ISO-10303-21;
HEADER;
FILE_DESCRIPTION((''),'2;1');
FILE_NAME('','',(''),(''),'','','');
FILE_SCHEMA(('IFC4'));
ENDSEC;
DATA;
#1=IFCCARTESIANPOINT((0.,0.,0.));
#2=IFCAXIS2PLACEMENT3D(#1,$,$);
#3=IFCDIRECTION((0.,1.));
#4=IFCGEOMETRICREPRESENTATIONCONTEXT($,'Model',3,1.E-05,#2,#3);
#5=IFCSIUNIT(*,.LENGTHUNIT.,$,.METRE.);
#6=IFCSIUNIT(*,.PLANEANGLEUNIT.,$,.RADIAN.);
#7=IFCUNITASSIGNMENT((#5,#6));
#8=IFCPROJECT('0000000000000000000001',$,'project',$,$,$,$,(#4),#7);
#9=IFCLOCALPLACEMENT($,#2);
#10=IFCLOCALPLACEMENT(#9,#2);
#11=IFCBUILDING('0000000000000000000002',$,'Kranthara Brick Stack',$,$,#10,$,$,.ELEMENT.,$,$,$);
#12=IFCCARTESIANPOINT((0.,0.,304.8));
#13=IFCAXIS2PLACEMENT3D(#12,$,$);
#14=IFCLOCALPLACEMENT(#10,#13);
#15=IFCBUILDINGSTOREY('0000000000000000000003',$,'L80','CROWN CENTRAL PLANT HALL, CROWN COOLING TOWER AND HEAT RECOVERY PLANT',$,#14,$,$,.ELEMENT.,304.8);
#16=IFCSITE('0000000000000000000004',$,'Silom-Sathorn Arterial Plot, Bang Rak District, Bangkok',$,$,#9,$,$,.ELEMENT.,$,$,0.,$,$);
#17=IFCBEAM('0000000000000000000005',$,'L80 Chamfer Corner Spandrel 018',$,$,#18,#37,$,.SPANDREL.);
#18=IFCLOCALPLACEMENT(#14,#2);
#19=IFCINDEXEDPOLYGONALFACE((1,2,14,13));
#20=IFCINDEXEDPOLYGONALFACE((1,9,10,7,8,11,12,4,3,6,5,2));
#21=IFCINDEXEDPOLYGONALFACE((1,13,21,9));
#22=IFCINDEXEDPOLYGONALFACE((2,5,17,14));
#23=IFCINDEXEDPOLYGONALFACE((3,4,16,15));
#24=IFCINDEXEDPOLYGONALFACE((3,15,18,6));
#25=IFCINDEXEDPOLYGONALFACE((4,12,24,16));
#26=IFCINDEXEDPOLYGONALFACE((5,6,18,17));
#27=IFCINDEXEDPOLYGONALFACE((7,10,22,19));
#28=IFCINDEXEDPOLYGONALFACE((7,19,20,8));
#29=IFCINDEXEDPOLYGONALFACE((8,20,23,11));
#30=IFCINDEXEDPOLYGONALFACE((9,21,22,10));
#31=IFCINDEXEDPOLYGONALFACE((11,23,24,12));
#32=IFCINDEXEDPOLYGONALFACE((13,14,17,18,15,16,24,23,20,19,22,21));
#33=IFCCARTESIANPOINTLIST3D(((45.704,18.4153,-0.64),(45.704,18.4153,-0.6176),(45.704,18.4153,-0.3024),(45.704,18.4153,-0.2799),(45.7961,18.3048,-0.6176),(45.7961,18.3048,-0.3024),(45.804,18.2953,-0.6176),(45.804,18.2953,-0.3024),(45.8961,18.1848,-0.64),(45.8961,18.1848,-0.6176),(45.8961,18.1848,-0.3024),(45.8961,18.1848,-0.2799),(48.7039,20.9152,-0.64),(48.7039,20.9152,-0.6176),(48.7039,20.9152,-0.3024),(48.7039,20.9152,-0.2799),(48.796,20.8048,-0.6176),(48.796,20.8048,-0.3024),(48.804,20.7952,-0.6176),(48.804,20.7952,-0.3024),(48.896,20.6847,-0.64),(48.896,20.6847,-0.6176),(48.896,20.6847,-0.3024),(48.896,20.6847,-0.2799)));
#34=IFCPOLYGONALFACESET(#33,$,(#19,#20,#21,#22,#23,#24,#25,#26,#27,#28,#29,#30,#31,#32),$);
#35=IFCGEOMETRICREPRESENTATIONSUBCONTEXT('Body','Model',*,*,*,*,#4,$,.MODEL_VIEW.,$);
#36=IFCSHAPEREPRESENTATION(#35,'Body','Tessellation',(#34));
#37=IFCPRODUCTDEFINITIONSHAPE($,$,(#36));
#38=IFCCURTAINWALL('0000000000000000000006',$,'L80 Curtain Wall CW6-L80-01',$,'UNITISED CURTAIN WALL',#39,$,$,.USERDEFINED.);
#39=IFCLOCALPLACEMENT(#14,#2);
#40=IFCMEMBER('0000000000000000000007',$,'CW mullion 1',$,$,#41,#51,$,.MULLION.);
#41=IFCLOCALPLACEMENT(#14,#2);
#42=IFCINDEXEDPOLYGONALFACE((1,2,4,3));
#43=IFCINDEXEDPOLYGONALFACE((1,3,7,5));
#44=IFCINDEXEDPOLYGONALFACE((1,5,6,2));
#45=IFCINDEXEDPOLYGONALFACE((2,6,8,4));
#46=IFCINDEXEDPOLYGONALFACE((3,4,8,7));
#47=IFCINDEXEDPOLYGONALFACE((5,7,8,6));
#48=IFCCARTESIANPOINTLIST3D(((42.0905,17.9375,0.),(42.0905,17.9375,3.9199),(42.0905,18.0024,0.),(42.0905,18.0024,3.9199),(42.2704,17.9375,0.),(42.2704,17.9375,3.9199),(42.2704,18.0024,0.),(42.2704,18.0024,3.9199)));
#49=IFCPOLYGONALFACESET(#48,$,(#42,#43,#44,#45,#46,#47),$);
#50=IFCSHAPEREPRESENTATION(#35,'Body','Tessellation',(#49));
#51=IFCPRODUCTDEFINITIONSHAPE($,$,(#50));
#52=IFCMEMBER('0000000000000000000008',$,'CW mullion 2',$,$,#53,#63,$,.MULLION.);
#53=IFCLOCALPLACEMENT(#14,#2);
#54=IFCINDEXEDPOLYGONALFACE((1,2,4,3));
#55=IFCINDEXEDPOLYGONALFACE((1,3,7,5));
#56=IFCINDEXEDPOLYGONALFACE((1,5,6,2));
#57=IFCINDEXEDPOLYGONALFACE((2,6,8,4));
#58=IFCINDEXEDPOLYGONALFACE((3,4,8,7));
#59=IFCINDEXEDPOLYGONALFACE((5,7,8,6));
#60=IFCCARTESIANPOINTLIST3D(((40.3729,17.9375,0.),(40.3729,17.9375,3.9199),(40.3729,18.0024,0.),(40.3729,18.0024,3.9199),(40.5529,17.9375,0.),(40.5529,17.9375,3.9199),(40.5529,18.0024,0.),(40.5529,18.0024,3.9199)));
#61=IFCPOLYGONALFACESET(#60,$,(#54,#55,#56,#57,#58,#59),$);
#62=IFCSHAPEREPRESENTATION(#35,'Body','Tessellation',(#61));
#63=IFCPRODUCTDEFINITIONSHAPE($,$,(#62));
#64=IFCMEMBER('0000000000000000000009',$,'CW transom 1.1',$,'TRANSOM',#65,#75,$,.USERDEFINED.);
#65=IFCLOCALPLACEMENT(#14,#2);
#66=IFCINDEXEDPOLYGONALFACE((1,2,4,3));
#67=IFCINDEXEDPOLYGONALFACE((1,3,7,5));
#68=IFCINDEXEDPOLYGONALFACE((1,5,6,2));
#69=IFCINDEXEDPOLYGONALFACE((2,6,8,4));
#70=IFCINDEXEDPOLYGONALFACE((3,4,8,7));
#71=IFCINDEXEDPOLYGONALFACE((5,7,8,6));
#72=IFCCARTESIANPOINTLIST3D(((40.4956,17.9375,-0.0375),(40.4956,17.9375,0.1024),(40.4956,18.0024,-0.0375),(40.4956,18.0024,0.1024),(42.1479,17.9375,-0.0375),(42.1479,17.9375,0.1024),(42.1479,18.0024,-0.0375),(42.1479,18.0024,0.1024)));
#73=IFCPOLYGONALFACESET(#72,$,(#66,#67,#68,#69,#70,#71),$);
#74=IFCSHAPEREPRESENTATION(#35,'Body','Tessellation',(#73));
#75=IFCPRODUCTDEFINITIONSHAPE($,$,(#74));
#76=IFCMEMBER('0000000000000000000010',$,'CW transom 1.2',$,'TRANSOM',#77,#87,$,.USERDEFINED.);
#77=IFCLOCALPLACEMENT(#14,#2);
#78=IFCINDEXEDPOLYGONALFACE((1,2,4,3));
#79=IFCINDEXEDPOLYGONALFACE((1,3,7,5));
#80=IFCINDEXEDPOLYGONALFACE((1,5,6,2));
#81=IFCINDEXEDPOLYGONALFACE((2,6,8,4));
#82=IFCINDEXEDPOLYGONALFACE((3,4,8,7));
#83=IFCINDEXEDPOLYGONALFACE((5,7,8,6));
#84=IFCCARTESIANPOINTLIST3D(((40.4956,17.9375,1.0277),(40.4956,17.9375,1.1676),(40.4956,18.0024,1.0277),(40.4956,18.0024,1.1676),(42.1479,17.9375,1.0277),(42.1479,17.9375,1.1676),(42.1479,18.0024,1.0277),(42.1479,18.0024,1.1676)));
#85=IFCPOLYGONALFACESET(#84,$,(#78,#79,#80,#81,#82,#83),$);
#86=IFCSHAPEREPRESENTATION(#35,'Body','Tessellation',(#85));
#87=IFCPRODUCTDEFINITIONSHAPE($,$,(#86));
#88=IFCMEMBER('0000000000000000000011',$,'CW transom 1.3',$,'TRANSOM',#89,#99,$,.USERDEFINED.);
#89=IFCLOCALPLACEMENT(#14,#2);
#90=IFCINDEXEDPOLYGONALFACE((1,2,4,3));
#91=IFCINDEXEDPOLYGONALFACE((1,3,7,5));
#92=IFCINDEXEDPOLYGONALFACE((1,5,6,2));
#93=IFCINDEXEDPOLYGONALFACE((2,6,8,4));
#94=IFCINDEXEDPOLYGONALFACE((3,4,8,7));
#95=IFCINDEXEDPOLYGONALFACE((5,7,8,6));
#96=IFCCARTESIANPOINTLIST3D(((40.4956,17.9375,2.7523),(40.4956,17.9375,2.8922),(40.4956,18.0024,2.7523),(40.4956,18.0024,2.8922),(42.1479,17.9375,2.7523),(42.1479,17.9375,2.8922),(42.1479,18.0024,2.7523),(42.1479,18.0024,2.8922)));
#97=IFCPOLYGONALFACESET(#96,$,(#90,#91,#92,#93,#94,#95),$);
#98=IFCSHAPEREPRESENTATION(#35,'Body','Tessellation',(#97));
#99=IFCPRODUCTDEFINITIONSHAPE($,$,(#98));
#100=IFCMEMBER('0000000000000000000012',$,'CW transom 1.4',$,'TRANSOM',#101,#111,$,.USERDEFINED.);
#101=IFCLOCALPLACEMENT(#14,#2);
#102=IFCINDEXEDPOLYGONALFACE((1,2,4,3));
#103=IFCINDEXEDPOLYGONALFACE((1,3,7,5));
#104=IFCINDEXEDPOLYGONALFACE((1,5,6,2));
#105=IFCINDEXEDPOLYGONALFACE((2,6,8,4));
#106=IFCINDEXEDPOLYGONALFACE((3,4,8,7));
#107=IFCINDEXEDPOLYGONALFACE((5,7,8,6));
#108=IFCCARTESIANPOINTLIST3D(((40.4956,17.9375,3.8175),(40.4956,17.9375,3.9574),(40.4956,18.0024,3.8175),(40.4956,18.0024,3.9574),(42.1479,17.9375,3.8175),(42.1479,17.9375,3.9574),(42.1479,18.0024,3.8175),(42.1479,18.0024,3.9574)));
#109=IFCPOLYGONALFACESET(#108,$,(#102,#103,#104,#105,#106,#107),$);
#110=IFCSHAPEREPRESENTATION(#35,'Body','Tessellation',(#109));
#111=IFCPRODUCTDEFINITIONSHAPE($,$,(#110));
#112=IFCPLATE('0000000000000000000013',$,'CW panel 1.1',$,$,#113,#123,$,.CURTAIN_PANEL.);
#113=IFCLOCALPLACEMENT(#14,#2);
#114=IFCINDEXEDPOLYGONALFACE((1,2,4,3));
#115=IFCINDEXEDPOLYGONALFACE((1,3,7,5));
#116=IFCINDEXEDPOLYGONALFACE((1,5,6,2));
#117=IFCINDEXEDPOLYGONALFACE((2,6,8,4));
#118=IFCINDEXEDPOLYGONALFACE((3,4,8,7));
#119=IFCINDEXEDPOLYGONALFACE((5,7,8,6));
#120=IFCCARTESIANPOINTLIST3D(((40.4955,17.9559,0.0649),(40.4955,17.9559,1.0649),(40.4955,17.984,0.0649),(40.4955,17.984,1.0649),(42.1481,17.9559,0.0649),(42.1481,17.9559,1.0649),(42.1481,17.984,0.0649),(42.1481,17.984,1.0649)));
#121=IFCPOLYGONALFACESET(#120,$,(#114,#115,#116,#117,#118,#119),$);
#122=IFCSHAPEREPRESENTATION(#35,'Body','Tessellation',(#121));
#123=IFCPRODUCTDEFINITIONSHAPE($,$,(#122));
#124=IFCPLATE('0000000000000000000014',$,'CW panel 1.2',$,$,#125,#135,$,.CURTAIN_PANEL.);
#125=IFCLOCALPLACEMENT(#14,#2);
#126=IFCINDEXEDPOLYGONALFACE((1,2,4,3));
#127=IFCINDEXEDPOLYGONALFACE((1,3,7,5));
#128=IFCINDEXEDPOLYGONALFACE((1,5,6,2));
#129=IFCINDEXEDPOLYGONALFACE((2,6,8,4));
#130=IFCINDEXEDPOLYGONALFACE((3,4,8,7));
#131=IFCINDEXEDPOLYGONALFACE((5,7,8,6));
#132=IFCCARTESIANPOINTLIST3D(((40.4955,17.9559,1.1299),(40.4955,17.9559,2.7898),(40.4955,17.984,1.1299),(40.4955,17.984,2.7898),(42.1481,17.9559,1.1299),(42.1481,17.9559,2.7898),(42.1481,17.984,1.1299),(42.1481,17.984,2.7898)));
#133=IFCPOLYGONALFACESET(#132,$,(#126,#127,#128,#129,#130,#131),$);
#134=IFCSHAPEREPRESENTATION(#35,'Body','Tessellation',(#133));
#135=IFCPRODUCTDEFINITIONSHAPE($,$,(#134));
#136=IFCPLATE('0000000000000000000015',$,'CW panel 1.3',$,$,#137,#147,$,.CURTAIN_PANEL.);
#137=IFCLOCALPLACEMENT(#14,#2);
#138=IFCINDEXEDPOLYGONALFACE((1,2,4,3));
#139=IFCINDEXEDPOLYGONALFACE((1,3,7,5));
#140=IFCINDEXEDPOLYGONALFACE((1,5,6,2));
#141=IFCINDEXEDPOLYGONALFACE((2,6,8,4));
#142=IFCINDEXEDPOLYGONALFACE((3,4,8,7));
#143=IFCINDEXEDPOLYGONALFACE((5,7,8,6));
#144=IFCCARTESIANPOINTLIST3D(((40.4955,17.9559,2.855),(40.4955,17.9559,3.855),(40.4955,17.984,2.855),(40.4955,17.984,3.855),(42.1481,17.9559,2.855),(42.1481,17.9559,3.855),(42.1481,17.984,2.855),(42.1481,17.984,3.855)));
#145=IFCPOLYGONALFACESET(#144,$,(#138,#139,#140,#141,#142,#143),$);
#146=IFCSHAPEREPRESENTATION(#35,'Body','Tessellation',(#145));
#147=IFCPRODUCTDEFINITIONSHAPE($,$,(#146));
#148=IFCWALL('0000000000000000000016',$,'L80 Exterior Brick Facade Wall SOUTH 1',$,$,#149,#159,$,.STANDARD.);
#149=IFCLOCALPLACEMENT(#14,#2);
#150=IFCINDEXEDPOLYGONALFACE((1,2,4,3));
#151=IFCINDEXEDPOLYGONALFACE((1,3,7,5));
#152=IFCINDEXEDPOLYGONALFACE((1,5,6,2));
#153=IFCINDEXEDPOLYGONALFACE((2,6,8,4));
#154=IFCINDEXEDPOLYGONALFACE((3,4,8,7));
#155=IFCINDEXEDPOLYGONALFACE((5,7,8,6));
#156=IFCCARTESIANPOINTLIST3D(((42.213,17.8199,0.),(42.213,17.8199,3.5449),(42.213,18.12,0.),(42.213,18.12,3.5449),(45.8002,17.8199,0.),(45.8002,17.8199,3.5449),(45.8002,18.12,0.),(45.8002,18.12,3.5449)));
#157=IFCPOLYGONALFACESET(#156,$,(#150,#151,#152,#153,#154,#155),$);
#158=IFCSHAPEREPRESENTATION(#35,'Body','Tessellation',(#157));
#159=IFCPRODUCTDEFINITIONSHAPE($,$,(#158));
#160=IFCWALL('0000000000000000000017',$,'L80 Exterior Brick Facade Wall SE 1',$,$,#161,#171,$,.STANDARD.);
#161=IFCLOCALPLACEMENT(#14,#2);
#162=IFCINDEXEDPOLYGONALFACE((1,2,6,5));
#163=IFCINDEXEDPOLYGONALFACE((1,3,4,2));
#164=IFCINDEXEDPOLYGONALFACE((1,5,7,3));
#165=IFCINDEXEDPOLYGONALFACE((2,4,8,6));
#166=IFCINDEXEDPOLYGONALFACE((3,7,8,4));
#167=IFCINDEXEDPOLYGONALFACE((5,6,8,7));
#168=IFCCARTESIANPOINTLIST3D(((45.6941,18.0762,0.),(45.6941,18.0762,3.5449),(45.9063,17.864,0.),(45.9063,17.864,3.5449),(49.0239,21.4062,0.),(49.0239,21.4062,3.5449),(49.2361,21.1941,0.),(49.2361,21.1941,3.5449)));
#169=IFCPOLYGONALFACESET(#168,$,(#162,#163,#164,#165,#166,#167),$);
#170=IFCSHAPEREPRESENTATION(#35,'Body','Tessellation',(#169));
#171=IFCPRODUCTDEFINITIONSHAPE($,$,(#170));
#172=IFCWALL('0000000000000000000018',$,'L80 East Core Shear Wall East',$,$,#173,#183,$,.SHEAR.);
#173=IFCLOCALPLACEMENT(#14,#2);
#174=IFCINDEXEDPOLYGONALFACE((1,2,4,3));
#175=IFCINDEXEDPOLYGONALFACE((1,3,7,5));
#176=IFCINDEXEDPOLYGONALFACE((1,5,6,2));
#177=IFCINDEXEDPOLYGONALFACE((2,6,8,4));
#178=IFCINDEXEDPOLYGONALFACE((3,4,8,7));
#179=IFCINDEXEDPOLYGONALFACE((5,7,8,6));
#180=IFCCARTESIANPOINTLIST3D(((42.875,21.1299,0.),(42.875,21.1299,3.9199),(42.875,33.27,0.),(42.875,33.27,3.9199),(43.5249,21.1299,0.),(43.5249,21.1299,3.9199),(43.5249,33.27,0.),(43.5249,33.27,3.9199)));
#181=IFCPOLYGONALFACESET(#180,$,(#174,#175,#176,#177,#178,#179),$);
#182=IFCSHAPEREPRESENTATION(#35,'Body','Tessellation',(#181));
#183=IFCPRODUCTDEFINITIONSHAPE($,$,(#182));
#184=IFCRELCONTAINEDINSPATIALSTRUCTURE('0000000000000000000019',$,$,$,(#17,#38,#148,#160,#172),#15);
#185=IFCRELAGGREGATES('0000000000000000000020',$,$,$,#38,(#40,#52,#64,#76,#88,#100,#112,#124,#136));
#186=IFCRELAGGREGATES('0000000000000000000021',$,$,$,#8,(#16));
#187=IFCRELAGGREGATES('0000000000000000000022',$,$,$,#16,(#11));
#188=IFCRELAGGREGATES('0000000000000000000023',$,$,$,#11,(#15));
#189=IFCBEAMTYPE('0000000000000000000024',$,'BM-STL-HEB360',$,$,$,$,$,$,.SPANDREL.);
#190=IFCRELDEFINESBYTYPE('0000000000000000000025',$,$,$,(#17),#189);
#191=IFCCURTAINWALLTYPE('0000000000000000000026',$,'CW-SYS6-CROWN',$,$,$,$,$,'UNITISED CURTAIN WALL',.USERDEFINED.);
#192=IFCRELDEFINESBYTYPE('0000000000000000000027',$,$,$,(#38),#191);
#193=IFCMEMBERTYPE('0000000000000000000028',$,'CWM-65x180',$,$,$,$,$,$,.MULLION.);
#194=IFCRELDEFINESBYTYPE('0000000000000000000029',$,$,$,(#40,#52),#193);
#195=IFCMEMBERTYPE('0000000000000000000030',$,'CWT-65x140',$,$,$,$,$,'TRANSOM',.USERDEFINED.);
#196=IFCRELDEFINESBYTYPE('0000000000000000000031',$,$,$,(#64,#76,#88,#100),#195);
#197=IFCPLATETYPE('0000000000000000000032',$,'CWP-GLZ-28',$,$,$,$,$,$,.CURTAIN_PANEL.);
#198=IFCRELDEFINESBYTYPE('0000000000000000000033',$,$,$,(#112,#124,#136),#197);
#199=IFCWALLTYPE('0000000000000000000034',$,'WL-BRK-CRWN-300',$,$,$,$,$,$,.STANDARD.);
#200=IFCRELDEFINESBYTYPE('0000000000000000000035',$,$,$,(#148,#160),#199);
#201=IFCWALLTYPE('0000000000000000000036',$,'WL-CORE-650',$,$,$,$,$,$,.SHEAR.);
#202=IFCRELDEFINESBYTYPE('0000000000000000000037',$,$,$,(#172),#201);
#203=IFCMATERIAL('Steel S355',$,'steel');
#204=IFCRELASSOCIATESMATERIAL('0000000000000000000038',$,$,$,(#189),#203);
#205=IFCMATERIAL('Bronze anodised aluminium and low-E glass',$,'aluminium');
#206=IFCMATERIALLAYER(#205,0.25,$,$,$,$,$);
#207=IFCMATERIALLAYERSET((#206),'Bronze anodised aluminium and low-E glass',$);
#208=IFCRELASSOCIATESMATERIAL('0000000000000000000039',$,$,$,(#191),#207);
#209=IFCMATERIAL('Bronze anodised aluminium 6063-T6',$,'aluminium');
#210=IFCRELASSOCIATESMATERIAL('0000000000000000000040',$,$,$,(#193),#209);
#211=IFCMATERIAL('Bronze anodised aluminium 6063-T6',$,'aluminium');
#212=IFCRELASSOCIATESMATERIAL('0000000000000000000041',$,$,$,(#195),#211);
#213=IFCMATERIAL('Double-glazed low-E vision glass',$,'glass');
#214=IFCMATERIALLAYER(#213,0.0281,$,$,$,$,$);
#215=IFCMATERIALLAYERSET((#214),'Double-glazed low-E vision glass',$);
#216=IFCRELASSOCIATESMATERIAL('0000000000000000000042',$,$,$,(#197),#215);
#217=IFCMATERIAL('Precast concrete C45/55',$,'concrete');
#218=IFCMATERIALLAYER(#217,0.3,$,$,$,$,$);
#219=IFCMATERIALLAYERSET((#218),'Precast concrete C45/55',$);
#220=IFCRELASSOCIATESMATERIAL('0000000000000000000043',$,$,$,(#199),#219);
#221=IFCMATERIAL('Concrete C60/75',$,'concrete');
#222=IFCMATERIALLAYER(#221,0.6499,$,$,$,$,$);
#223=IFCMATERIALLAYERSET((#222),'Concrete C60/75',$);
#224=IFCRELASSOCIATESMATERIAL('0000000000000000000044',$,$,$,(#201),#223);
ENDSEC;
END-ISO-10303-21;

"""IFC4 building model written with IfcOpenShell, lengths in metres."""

from ifc_helpers import new_model, si_unit, direction, frame, frame_2d, origin, origin_2d, place, context, subcontext, project, spatial, rectangle, i_section, extrude, material, layer, layer_set, material_profile, profile_set, type_object, element, aggregate, save


model = new_model("IFC4")

# Units and contexts
model_context = context("Model", 3, precision=1e-05, world=origin(), true_north=direction((0.0, 1.0)))
body_context = subcontext(model_context, "Body", "Model", "MODEL_VIEW")
ifc_project = project(units=[si_unit("LENGTHUNIT", "METRE"), si_unit("PLANEANGLEUNIT", "RADIAN")], contexts=[model_context])

# Site, building, storey
site_placement = place(None, origin())
site = spatial("IfcSite", under=ifc_project, at=site_placement, Name="Silom-Sathorn Arterial Plot, Bang Rak District, Bangkok", CompositionType="ELEMENT", RefElevation=0.0)
building_placement = place(site_placement, origin())
building = spatial("IfcBuilding", under=site, at=building_placement, Name="Kranthara Brick Stack", CompositionType="ELEMENT")
storey_placement = place(building_placement, frame((0.0, 0.0, 304.8)))
storey = spatial("IfcBuildingStorey", under=building, at=storey_placement, Name="L80", Description="CROWN CENTRAL PLANT HALL, CROWN COOLING TOWER AND HEAT RECOVERY PLANT", CompositionType="ELEMENT", Elevation=304.8)

# Beam
ifc_material_1 = material(Name="Steel S355", Category="steel")
ifc_material_profile_1 = material_profile(ifc_material_1, i_section(OverallWidth=0.3, OverallDepth=0.3601, WebThickness=0.0125, FlangeThickness=0.0225, at=origin_2d()), Name="HEB 360")
ifc_profile_set_1 = profile_set([ifc_material_profile_1], Name="Steel S355")
beam_type_1 = type_object("IfcBeamType", Name="BM-STL-HEB360", PredefinedType="SPANDREL", material=ifc_profile_set_1)
beam_1_placement = place(storey_placement, frame((45.8, 18.3, -0.46), z_axis=(0.768221, 0.640184, 0.0), x_axis=(-0.640184, 0.768221, 0.0)))
element("IfcBeam", 1, at=beam_1_placement, inside=storey, type_object=beam_type_1, Name="L80 Chamfer Corner Spandrel 018", PredefinedType="SPANDREL", context=body_context, shape_type="SweptSolid", body=[
    extrude(i_section(OverallWidth=0.3, OverallDepth=0.3601, WebThickness=0.0125, FlangeThickness=0.0225, at=origin_2d()), origin(), (0.0, 0.0, 1.0), 3.905),
])

# Curtain wall, members, plates
ifc_material_2 = material(Name="Bronze anodised aluminium and low-E glass", Category="aluminium")
ifc_layer_1 = layer(ifc_material_2, 0.25)
ifc_layer_set_1 = layer_set([ifc_layer_1], Name="Bronze anodised aluminium and low-E glass")
curtain_wall_type = type_object("IfcCurtainWallType", Name="CW-SYS6-CROWN", ElementType="UNITISED CURTAIN WALL", PredefinedType="USERDEFINED", material=ifc_layer_set_1)
curtain_wall_placement = place(storey_placement, origin())
curtain_wall = element("IfcCurtainWall", 2, at=curtain_wall_placement, inside=storey, type_object=curtain_wall_type, Name="L80 Curtain Wall CW6-L80-01", ObjectType="UNITISED CURTAIN WALL", PredefinedType="USERDEFINED")
ifc_material_3 = material(Name="Bronze anodised aluminium 6063-T6", Category="aluminium")
ifc_material_profile_2 = material_profile(ifc_material_3, rectangle(XDim=0.0649, YDim=0.1799, at=origin_2d()), Name="ALU MULLION 65x180")
ifc_profile_set_2 = profile_set([ifc_material_profile_2], Name="Bronze anodised aluminium 6063-T6")
member_type_1 = type_object("IfcMemberType", Name="CWM-65x180", PredefinedType="MULLION", material=ifc_profile_set_2)
member_1_placement = place(storey_placement, frame((42.1804, 17.97, 0.0), z_axis=(0.0, 0.0, 1.0), x_axis=(0.0, -1.0, 0.0)))
member_1 = element("IfcMember", 3, at=member_1_placement, type_object=member_type_1, Name="CW mullion 1", PredefinedType="MULLION", context=body_context, shape_type="SweptSolid", body=[
    extrude(rectangle(XDim=0.0649, YDim=0.1799, at=origin_2d()), origin(), (0.0, 0.0, 1.0), 3.9199),
])
member_2_placement = place(storey_placement, frame((40.4629, 17.97, 0.0), z_axis=(0.0, 0.0, 1.0), x_axis=(0.0, -1.0, 0.0)))
member_2 = element("IfcMember", 4, at=member_2_placement, type_object=member_type_1, Name="CW mullion 2", PredefinedType="MULLION", context=body_context, shape_type="SweptSolid", body=[
    extrude(rectangle(XDim=0.0649, YDim=0.1799, at=origin_2d()), origin(), (0.0, 0.0, 1.0), 3.9199),
])
ifc_material_4 = material(Name="Bronze anodised aluminium 6063-T6", Category="aluminium")
ifc_material_profile_3 = material_profile(ifc_material_4, rectangle(XDim=0.0649, YDim=0.1399, at=origin_2d()), Name="ALU TRANSOM 65x140")
ifc_profile_set_3 = profile_set([ifc_material_profile_3], Name="Bronze anodised aluminium 6063-T6")
member_type_2 = type_object("IfcMemberType", Name="CWT-65x140", ElementType="TRANSOM", PredefinedType="USERDEFINED", material=ifc_profile_set_3)
member_3_placement = place(storey_placement, frame((42.1479, 17.97, 0.0325), z_axis=(-1.0, 0.0, 0.0), x_axis=(0.0, -1.0, 0.0)))
member_3 = element("IfcMember", 5, at=member_3_placement, type_object=member_type_2, Name="CW transom 1.1", ObjectType="TRANSOM", PredefinedType="USERDEFINED", context=body_context, shape_type="SweptSolid", body=[
    extrude(rectangle(XDim=0.0649, YDim=0.1399, at=origin_2d()), origin(), (0.0, 0.0, 1.0), 1.6523),
])
member_4_placement = place(storey_placement, frame((42.1479, 17.97, 1.0977), z_axis=(-1.0, 0.0, 0.0), x_axis=(0.0, -1.0, 0.0)))
member_4 = element("IfcMember", 6, at=member_4_placement, type_object=member_type_2, Name="CW transom 1.2", ObjectType="TRANSOM", PredefinedType="USERDEFINED", context=body_context, shape_type="SweptSolid", body=[
    extrude(rectangle(XDim=0.0649, YDim=0.1399, at=origin_2d()), origin(), (0.0, 0.0, 1.0), 1.6523),
])
member_5_placement = place(storey_placement, frame((42.1479, 17.97, 2.8223), z_axis=(-1.0, 0.0, 0.0), x_axis=(0.0, -1.0, 0.0)))
member_5 = element("IfcMember", 7, at=member_5_placement, type_object=member_type_2, Name="CW transom 1.3", ObjectType="TRANSOM", PredefinedType="USERDEFINED", context=body_context, shape_type="SweptSolid", body=[
    extrude(rectangle(XDim=0.0649, YDim=0.1399, at=origin_2d()), origin(), (0.0, 0.0, 1.0), 1.6523),
])
member_6_placement = place(storey_placement, frame((42.1479, 17.97, 3.8875), z_axis=(-1.0, 0.0, 0.0), x_axis=(0.0, -1.0, 0.0)))
member_6 = element("IfcMember", 8, at=member_6_placement, type_object=member_type_2, Name="CW transom 1.4", ObjectType="TRANSOM", PredefinedType="USERDEFINED", context=body_context, shape_type="SweptSolid", body=[
    extrude(rectangle(XDim=0.0649, YDim=0.1399, at=origin_2d()), origin(), (0.0, 0.0, 1.0), 1.6523),
])
ifc_material_5 = material(Name="Double-glazed low-E vision glass", Category="glass")
ifc_layer_2 = layer(ifc_material_5, 0.0281)
ifc_layer_set_2 = layer_set([ifc_layer_2], Name="Double-glazed low-E vision glass")
plate_type = type_object("IfcPlateType", Name="CWP-GLZ-28", PredefinedType="CURTAIN_PANEL", material=ifc_layer_set_2)
plate_1_placement = place(storey_placement, frame((41.3218, 17.97, 0.0649), z_axis=(0.0, 0.0, 1.0), x_axis=(-1.0, 0.0, 0.0)))
plate_1 = element("IfcPlate", 9, at=plate_1_placement, type_object=plate_type, Name="CW panel 1.1", PredefinedType="CURTAIN_PANEL", context=body_context, shape_type="SweptSolid", body=[
    extrude(rectangle(XDim=1.6526, YDim=0.0281, at=origin_2d()), origin(), (0.0, 0.0, 1.0), 1.0),
])
plate_2_placement = place(storey_placement, frame((41.3218, 17.97, 1.1299), z_axis=(0.0, 0.0, 1.0), x_axis=(-1.0, 0.0, 0.0)))
plate_2 = element("IfcPlate", 10, at=plate_2_placement, type_object=plate_type, Name="CW panel 1.2", PredefinedType="CURTAIN_PANEL", context=body_context, shape_type="SweptSolid", body=[
    extrude(rectangle(XDim=1.6526, YDim=0.0281, at=origin_2d()), origin(), (0.0, 0.0, 1.0), 1.6599),
])
plate_3_placement = place(storey_placement, frame((41.3218, 17.97, 2.855), z_axis=(0.0, 0.0, 1.0), x_axis=(-1.0, 0.0, 0.0)))
plate_3 = element("IfcPlate", 11, at=plate_3_placement, type_object=plate_type, Name="CW panel 1.3", PredefinedType="CURTAIN_PANEL", context=body_context, shape_type="SweptSolid", body=[
    extrude(rectangle(XDim=1.6526, YDim=0.0281, at=origin_2d()), origin(), (0.0, 0.0, 1.0), 1.0),
])
aggregate(curtain_wall, [member_1, member_2, member_3, member_4, member_5, member_6, plate_1, plate_2, plate_3])

# Walls
ifc_material_6 = material(Name="Precast concrete C45/55", Category="concrete")
ifc_layer_3 = layer(ifc_material_6, 0.3)
ifc_layer_set_3 = layer_set([ifc_layer_3], Name="Precast concrete C45/55")
wall_type_1 = type_object("IfcWallType", Name="WL-BRK-CRWN-300", PredefinedType="STANDARD", material=ifc_layer_set_3)
wall_1_placement = place(storey_placement, frame((45.8, 17.97, 0.0), z_axis=(0.0, 0.0, 1.0), x_axis=(-1.0, 0.0, 0.0)))
element("IfcWall", 12, at=wall_1_placement, inside=storey, type_object=wall_type_1, Name="L80 Exterior Brick Facade Wall SOUTH 1", PredefinedType="STANDARD", context=body_context, shape_type="SweptSolid", body=[
    extrude(rectangle(XDim=3.5872, YDim=0.3, at=frame_2d((1.7935, 0.0))), origin(), (0.0, 0.0, 1.0), 3.5449),
])
wall_2_placement = place(storey_placement, frame((49.1299, 21.3, 0.0), z_axis=(0.0, 0.0, 1.0), x_axis=(-0.707081, -0.707133, 0.0)))
element("IfcWall", 13, at=wall_2_placement, inside=storey, type_object=wall_type_1, Name="L80 Exterior Brick Facade Wall SE 1", PredefinedType="STANDARD", context=body_context, shape_type="SweptSolid", body=[
    extrude(rectangle(XDim=4.7092, YDim=0.3, at=frame_2d((2.3545, 0.0))), origin(), (0.0, 0.0, 1.0), 3.5449),
])
ifc_material_7 = material(Name="Concrete C60/75", Category="concrete")
ifc_layer_4 = layer(ifc_material_7, 0.6499)
ifc_layer_set_4 = layer_set([ifc_layer_4], Name="Concrete C60/75")
wall_type_2 = type_object("IfcWallType", Name="WL-CORE-650", PredefinedType="SHEAR", material=ifc_layer_set_4)
wall_3_placement = place(storey_placement, frame((43.2, 21.1299, 0.0), z_axis=(0.0, 0.0, 1.0), x_axis=(0.0, 1.0, 0.0)))
element("IfcWall", 14, at=wall_3_placement, inside=storey, type_object=wall_type_2, Name="L80 East Core Shear Wall East", PredefinedType="SHEAR", context=body_context, shape_type="SweptSolid", body=[
    extrude(rectangle(XDim=12.1401, YDim=0.6499, at=frame_2d((6.0701, 0.0))), origin(), (0.0, 0.0, 1.0), 3.9199),
])

save(model, "model.ifc")
